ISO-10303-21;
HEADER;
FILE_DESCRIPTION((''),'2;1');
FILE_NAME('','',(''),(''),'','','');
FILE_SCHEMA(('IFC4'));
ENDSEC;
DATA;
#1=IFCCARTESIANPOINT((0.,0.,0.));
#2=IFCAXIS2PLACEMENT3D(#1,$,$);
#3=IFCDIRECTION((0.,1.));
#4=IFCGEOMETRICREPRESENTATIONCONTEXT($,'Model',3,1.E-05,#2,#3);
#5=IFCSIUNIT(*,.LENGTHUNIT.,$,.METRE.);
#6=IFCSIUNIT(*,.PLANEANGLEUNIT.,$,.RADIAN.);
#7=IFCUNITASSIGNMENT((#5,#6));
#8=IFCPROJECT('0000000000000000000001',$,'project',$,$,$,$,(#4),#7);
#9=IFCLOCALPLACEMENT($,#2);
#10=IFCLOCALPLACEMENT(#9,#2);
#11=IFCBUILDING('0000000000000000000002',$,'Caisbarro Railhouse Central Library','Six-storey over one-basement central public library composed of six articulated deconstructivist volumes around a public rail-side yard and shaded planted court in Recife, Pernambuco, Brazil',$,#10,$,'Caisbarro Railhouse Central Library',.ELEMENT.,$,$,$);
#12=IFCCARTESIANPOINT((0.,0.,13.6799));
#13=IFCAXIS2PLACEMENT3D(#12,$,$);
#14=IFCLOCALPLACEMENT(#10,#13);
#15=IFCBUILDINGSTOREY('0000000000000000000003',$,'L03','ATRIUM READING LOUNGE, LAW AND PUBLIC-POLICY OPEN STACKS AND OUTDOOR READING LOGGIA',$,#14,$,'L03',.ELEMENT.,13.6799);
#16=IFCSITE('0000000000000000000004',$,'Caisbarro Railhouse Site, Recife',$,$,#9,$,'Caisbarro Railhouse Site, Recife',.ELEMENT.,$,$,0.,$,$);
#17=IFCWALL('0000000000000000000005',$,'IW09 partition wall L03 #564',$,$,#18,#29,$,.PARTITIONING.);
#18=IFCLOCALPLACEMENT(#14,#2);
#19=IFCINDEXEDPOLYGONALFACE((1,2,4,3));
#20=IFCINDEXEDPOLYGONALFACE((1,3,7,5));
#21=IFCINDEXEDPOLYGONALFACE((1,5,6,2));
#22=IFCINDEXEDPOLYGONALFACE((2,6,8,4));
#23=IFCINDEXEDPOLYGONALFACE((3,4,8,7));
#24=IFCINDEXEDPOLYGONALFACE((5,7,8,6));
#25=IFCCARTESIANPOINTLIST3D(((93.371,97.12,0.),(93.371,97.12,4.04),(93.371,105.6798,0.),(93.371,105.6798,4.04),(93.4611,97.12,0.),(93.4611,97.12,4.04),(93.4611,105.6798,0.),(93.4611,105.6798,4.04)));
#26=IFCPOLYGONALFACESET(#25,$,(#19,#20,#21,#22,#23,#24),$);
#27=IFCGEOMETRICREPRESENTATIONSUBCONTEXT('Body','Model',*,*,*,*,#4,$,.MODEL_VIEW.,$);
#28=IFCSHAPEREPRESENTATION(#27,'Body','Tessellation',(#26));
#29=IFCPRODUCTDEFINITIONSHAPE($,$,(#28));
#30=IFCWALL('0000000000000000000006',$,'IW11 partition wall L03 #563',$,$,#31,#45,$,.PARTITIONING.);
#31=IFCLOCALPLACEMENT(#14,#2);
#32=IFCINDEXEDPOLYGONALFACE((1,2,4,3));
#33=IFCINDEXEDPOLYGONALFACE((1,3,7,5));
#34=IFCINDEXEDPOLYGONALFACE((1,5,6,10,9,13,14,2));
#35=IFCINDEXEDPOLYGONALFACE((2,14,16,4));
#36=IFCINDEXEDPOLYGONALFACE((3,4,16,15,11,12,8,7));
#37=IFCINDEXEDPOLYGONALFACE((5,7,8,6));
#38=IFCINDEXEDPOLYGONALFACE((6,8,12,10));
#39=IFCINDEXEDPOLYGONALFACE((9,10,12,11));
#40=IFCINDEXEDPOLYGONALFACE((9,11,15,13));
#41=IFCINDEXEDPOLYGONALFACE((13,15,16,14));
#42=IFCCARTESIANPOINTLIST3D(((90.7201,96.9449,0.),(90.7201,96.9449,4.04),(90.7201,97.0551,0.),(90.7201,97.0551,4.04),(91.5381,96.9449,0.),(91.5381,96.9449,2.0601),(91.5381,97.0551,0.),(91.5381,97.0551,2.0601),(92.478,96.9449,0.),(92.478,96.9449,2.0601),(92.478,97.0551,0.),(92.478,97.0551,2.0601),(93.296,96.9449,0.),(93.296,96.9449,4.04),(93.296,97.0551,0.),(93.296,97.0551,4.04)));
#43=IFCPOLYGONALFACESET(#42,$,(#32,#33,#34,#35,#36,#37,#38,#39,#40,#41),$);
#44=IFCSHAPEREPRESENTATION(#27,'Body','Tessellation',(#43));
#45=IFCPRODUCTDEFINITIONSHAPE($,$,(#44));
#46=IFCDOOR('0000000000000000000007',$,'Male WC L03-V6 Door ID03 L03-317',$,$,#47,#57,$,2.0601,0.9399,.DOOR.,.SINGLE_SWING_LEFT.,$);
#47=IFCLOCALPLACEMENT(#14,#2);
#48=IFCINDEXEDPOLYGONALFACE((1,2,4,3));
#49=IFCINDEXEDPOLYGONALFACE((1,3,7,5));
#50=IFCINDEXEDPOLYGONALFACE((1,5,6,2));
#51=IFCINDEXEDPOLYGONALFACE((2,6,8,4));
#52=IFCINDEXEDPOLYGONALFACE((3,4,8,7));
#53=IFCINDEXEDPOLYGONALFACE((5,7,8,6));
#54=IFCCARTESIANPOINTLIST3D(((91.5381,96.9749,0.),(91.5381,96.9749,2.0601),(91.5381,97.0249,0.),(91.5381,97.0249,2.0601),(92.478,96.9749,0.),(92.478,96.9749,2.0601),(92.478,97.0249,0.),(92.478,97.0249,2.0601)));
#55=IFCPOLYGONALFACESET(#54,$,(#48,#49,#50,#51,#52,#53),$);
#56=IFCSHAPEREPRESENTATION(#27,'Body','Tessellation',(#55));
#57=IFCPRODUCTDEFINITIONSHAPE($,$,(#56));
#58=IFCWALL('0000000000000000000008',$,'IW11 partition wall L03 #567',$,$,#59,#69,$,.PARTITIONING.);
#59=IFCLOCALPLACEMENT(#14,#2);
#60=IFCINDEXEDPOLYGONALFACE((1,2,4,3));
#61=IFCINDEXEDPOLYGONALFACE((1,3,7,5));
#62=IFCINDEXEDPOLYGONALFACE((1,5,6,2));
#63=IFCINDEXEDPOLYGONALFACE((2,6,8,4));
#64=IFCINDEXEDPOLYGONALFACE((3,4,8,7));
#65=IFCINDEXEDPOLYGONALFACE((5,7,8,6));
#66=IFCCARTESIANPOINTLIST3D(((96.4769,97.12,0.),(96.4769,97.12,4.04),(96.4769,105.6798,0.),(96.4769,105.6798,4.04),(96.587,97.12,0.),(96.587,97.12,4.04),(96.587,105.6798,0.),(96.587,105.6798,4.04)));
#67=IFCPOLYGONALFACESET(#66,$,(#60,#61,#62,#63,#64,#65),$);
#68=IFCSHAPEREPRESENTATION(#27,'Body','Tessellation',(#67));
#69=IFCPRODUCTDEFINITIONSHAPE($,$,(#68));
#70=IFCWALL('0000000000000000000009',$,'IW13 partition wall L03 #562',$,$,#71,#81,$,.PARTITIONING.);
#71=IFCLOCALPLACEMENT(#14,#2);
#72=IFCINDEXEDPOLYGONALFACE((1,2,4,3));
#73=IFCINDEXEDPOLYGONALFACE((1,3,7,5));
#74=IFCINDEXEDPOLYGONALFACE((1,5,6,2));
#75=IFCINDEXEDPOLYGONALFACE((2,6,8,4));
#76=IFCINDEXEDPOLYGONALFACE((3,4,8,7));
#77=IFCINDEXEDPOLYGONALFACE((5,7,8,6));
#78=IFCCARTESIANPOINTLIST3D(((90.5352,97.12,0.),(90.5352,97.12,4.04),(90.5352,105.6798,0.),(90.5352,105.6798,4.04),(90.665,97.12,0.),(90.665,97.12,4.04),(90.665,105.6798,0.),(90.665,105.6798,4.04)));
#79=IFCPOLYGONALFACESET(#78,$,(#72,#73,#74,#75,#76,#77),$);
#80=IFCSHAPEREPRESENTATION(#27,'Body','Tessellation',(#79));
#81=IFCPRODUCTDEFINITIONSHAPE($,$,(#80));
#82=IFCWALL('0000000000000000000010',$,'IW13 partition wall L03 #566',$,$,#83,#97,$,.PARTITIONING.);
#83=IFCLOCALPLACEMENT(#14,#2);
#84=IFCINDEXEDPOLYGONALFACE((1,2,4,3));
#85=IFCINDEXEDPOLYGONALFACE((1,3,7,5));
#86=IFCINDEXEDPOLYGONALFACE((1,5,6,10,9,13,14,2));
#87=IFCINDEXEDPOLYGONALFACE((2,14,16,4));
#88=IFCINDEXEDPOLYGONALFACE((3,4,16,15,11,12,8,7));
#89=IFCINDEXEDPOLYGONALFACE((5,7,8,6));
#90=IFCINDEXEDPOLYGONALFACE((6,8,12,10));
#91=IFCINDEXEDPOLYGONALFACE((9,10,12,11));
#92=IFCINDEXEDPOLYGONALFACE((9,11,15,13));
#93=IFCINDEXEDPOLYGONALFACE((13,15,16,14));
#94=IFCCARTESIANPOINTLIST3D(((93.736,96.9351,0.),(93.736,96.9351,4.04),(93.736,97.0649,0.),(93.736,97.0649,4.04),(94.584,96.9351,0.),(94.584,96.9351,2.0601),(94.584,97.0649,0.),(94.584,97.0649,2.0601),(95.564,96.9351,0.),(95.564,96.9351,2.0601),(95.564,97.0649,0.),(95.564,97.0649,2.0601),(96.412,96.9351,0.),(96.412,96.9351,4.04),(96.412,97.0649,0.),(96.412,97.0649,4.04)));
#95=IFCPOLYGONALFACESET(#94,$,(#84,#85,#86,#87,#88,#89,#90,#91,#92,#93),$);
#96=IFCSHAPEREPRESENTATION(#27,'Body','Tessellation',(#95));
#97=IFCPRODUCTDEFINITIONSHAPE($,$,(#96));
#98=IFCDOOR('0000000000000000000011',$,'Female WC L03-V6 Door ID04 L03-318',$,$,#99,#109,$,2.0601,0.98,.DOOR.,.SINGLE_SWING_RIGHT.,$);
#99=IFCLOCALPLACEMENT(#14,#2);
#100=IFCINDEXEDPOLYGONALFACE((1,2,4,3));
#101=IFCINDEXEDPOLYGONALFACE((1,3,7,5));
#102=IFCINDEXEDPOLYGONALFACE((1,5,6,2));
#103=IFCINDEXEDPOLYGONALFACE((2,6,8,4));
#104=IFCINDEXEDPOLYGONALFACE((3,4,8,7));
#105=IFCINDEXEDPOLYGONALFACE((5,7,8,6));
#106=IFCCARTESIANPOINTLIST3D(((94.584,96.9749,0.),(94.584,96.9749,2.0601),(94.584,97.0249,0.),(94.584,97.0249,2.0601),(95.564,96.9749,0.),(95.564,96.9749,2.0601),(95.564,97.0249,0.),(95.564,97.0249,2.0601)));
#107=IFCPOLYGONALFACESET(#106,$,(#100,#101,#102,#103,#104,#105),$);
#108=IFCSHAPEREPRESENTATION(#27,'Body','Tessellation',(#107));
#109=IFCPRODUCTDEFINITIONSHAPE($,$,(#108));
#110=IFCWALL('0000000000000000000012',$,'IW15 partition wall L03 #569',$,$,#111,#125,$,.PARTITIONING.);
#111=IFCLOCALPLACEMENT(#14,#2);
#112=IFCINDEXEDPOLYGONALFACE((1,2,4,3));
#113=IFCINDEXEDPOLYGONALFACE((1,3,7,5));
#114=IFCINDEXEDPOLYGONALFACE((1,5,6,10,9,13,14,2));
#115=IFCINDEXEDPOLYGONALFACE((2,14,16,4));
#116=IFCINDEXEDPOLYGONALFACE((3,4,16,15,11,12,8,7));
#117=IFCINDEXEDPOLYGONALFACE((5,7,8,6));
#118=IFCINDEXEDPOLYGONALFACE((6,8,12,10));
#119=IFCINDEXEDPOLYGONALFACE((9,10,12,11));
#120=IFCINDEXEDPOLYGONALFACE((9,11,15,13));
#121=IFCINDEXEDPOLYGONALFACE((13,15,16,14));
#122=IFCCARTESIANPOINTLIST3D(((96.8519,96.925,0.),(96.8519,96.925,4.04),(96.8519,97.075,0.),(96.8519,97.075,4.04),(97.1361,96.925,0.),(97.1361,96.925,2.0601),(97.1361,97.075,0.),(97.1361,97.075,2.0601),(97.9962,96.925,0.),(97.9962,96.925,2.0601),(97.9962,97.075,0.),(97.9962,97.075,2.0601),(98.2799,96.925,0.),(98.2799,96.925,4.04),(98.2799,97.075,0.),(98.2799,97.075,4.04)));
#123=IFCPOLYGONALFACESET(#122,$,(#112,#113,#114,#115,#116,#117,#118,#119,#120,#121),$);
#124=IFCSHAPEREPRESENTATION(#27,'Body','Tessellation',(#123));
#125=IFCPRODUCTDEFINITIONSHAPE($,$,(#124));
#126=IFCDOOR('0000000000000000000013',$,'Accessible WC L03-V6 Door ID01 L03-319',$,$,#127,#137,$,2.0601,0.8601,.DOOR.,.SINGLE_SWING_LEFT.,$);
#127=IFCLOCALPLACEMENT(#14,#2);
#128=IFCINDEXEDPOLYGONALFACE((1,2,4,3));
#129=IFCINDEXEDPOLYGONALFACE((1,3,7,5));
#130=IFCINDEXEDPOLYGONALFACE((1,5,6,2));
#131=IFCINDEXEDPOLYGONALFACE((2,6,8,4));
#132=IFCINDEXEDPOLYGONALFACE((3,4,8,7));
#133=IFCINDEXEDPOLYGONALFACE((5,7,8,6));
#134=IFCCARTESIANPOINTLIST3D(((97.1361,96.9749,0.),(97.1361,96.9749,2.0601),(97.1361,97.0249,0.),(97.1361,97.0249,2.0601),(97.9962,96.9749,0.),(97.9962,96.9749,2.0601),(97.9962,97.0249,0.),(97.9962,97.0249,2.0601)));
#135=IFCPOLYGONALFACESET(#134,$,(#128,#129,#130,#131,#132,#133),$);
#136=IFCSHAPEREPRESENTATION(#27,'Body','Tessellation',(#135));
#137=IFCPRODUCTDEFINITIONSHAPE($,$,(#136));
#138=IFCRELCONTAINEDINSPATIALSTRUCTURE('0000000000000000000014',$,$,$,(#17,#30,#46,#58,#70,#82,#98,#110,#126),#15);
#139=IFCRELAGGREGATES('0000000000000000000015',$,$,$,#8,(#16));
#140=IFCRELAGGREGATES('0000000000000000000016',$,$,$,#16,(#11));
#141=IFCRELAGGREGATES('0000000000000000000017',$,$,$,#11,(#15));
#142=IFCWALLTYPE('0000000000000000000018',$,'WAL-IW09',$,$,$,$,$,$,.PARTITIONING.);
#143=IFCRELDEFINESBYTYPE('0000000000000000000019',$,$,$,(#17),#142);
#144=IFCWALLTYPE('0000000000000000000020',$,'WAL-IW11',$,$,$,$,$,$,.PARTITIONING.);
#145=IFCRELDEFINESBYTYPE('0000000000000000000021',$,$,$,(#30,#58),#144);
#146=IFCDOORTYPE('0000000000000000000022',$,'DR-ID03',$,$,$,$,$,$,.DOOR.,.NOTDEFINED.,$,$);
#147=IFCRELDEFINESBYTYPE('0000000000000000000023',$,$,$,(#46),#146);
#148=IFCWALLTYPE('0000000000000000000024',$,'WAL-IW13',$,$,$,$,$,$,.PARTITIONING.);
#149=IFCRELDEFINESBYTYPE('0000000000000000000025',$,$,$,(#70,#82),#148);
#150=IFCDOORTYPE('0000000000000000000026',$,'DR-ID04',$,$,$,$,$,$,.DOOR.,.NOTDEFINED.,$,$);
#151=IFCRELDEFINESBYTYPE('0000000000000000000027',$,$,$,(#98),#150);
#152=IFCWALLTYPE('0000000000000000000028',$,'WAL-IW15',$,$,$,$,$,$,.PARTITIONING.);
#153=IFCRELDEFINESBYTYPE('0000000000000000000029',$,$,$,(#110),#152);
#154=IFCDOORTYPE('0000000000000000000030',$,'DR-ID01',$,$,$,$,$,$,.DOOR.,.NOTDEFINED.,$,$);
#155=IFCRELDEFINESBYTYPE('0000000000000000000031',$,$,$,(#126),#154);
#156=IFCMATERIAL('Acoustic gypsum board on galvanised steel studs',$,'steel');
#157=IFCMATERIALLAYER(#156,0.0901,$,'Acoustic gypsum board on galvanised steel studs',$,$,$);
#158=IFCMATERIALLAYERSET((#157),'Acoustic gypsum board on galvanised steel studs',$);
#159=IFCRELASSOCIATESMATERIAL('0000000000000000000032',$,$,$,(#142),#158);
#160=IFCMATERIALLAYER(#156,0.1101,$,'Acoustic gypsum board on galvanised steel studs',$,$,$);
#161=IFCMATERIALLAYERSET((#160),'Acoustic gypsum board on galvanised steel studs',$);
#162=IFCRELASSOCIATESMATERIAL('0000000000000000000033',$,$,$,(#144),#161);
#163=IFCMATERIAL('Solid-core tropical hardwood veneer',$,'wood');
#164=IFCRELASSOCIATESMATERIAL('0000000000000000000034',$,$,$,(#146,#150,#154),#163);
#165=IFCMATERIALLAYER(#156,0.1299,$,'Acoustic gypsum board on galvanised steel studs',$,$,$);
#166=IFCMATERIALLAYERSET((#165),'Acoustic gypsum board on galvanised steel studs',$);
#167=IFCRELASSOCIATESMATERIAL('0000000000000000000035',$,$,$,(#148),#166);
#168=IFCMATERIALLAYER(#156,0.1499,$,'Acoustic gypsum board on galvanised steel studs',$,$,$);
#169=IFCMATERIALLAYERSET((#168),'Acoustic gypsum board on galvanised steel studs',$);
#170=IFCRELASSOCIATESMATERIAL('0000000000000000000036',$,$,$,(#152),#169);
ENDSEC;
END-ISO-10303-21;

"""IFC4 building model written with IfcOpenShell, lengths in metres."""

from ifc_helpers import new_model, si_unit, direction, frame, frame_2d, origin, place, context, subcontext, project, spatial, rectangle, extrude, material, layer, layer_set, type_object, element, fill, save


model = new_model("IFC4")

# Units and contexts
model_context = context("Model", 3, precision=1e-05, world=origin(), true_north=direction((0.0, 1.0)))
body_context = subcontext(model_context, "Body", "Model", "MODEL_VIEW")
ifc_project = project(units=[si_unit("LENGTHUNIT", "METRE"), si_unit("PLANEANGLEUNIT", "RADIAN")], contexts=[model_context])

# Site, building, storey
site_placement = place(None, origin())
site = spatial("IfcSite", under=ifc_project, at=site_placement, Name="Caisbarro Railhouse Site, Recife", LongName="Caisbarro Railhouse Site, Recife", CompositionType="ELEMENT", RefElevation=0.0)
building_placement = place(site_placement, origin())
building = spatial("IfcBuilding", under=site, at=building_placement, Name="Caisbarro Railhouse Central Library", Description="Six-storey over one-basement central public library composed of six articulated deconstructivist volumes around a public rail-side yard and shaded planted court in Recife, Pernambuco, Brazil", LongName="Caisbarro Railhouse Central Library", CompositionType="ELEMENT")
storey_placement = place(building_placement, frame((0.0, 0.0, 13.6799)))
storey = spatial("IfcBuildingStorey", under=building, at=storey_placement, Name="L03", Description="ATRIUM READING LOUNGE, LAW AND PUBLIC-POLICY OPEN STACKS AND OUTDOOR READING LOGGIA", LongName="L03", CompositionType="ELEMENT", Elevation=13.6799)

# Wall
ifc_material_1 = material(Name="Acoustic gypsum board on galvanised steel studs", Category="steel")
ifc_layer_1 = layer(ifc_material_1, 0.0901, Name="Acoustic gypsum board on galvanised steel studs")
ifc_layer_set_1 = layer_set([ifc_layer_1], Name="Acoustic gypsum board on galvanised steel studs")
wall_type_1 = type_object("IfcWallType", Name="WAL-IW09", PredefinedType="PARTITIONING", material=ifc_layer_set_1)
wall_1_placement = place(storey_placement, frame((93.416, 97.1201, 0.0), z_axis=(0.0, 0.0, 1.0), x_axis=(0.0, 1.0, 0.0)))
element("IfcWall", 1, at=wall_1_placement, inside=storey, type_object=wall_type_1, Name="IW09 partition wall L03 #564", PredefinedType="PARTITIONING", context=body_context, shape_type="SweptSolid", body=[
    extrude(rectangle(XDim=8.5598, YDim=0.0901, at=frame_2d((4.2798, 0.0))), origin(), (0.0, 0.0, 1.0), 4.04),
])

# Wall, opening, door
ifc_layer_2 = layer(ifc_material_1, 0.1101, Name="Acoustic gypsum board on galvanised steel studs")
ifc_layer_set_2 = layer_set([ifc_layer_2], Name="Acoustic gypsum board on galvanised steel studs")
wall_type_2 = type_object("IfcWallType", Name="WAL-IW11", PredefinedType="PARTITIONING", material=ifc_layer_set_2)
wall_2_placement = place(storey_placement, frame((90.72, 97.0, 0.0), z_axis=(0.0, 0.0, 1.0), x_axis=(1.0, 0.0, 0.0)))
wall_2 = element("IfcWall", 2, at=wall_2_placement, inside=storey, type_object=wall_type_2, Name="IW11 partition wall L03 #563", PredefinedType="PARTITIONING", context=body_context, shape_type="SweptSolid", body=[
    extrude(rectangle(XDim=2.5759, YDim=0.1101, at=frame_2d((1.2881, 0.0))), origin(), (0.0, 0.0, 1.0), 4.04),
])
opening_1_placement = place(wall_2_placement, frame((0.8181, 0.0, 0.0)))
opening_1 = element("IfcOpeningElement", 3, at=opening_1_placement, cuts=wall_2, PredefinedType="OPENING", context=body_context, shape_type="SweptSolid", body=[
    extrude(rectangle(XDim=0.9399, YDim=2.0601, at=frame_2d((0.47, 1.03))), frame((0.0, 0.0649, 0.0), z_axis=(0.0, -1.0, 0.0), x_axis=(1.0, 0.0, 0.0)), (0.0, 0.0, 1.0), 0.1301),
])
ifc_material_2 = material(Name="Solid-core tropical hardwood veneer", Category="wood")
door_type_1 = type_object("IfcDoorType", Name="DR-ID03", OperationType="NOTDEFINED", PredefinedType="DOOR", material=ifc_material_2)
door_1_placement = place(opening_1_placement, origin())
door_1 = element("IfcDoor", 4, at=door_1_placement, inside=storey, type_object=door_type_1, Name="Male WC L03-V6 Door ID03 L03-317", OperationType="SINGLE_SWING_LEFT", OverallHeight=2.0601, OverallWidth=0.9399, PredefinedType="DOOR", context=body_context, shape_type="SweptSolid", body=[
    extrude(rectangle(XDim=0.9399, YDim=2.0601, at=frame_2d((0.47, 1.03))), frame((0.0, 0.0249, 0.0), z_axis=(0.0, -1.0, 0.0), x_axis=(1.0, 0.0, 0.0)), (0.0, 0.0, 1.0), 0.05),
])
fill(opening_1, door_1)

# Walls
wall_3_placement = place(storey_placement, frame((96.532, 97.1201, 0.0), z_axis=(0.0, 0.0, 1.0), x_axis=(0.0, 1.0, 0.0)))
element("IfcWall", 5, at=wall_3_placement, inside=storey, type_object=wall_type_2, Name="IW11 partition wall L03 #567", PredefinedType="PARTITIONING", context=body_context, shape_type="SweptSolid", body=[
    extrude(rectangle(XDim=8.5598, YDim=0.1101, at=frame_2d((4.2798, 0.0))), origin(), (0.0, 0.0, 1.0), 4.04),
])
ifc_layer_3 = layer(ifc_material_1, 0.1299, Name="Acoustic gypsum board on galvanised steel studs")
ifc_layer_set_3 = layer_set([ifc_layer_3], Name="Acoustic gypsum board on galvanised steel studs")
wall_type_3 = type_object("IfcWallType", Name="WAL-IW13", PredefinedType="PARTITIONING", material=ifc_layer_set_3)
wall_4_placement = place(storey_placement, frame((90.6001, 97.1201, 0.0), z_axis=(0.0, 0.0, 1.0), x_axis=(0.0, 1.0, 0.0)))
element("IfcWall", 6, at=wall_4_placement, inside=storey, type_object=wall_type_3, Name="IW13 partition wall L03 #562", PredefinedType="PARTITIONING", context=body_context, shape_type="SweptSolid", body=[
    extrude(rectangle(XDim=8.5598, YDim=0.1299, at=frame_2d((4.2798, 0.0))), origin(), (0.0, 0.0, 1.0), 4.04),
])

# Walls, openings, doors
wall_5_placement = place(storey_placement, frame((93.7361, 97.0, 0.0), z_axis=(0.0, 0.0, 1.0), x_axis=(1.0, 0.0, 0.0)))
wall_5 = element("IfcWall", 7, at=wall_5_placement, inside=storey, type_object=wall_type_3, Name="IW13 partition wall L03 #566", PredefinedType="PARTITIONING", context=body_context, shape_type="SweptSolid", body=[
    extrude(rectangle(XDim=2.676, YDim=0.1299, at=frame_2d((1.3379, 0.0))), origin(), (0.0, 0.0, 1.0), 4.04),
])
opening_2_placement = place(wall_5_placement, frame((0.8479, 0.0, 0.0)))
opening_2 = element("IfcOpeningElement", 8, at=opening_2_placement, cuts=wall_5, PredefinedType="OPENING", context=body_context, shape_type="SweptSolid", body=[
    extrude(rectangle(XDim=0.98, YDim=2.0601, at=frame_2d((0.49, 1.03))), frame((0.0, 0.075, 0.0), z_axis=(0.0, -1.0, 0.0), x_axis=(1.0, 0.0, 0.0)), (0.0, 0.0, 1.0), 0.1499),
])
door_type_2 = type_object("IfcDoorType", Name="DR-ID04", OperationType="NOTDEFINED", PredefinedType="DOOR", material=ifc_material_2)
door_2_placement = place(opening_2_placement, origin())
door_2 = element("IfcDoor", 9, at=door_2_placement, inside=storey, type_object=door_type_2, Name="Female WC L03-V6 Door ID04 L03-318", OperationType="SINGLE_SWING_RIGHT", OverallHeight=2.0601, OverallWidth=0.98, PredefinedType="DOOR", context=body_context, shape_type="SweptSolid", body=[
    extrude(rectangle(XDim=0.98, YDim=2.0601, at=frame_2d((0.49, 1.03))), frame((0.0, 0.0249, 0.0), z_axis=(0.0, -1.0, 0.0), x_axis=(1.0, 0.0, 0.0)), (0.0, 0.0, 1.0), 0.05),
])
fill(opening_2, door_2)
ifc_layer_4 = layer(ifc_material_1, 0.1499, Name="Acoustic gypsum board on galvanised steel studs")
ifc_layer_set_4 = layer_set([ifc_layer_4], Name="Acoustic gypsum board on galvanised steel studs")
wall_type_4 = type_object("IfcWallType", Name="WAL-IW15", PredefinedType="PARTITIONING", material=ifc_layer_set_4)
wall_6_placement = place(storey_placement, frame((96.8521, 97.0, 0.0), z_axis=(0.0, 0.0, 1.0), x_axis=(1.0, 0.0, 0.0)))
wall_6 = element("IfcWall", 10, at=wall_6_placement, inside=storey, type_object=wall_type_4, Name="IW15 partition wall L03 #569", PredefinedType="PARTITIONING", context=body_context, shape_type="SweptSolid", body=[
    extrude(rectangle(XDim=1.428, YDim=0.1499, at=frame_2d((0.7139, 0.0))), origin(), (0.0, 0.0, 1.0), 4.04),
])
opening_3_placement = place(wall_6_placement, frame((0.2839, 0.0, 0.0)))
opening_3 = element("IfcOpeningElement", 11, at=opening_3_placement, cuts=wall_6, PredefinedType="OPENING", context=body_context, shape_type="SweptSolid", body=[
    extrude(rectangle(XDim=0.8601, YDim=2.0601, at=frame_2d((0.4302, 1.03))), frame((0.0, 0.085, 0.0), z_axis=(0.0, -1.0, 0.0), x_axis=(1.0, 0.0, 0.0)), (0.0, 0.0, 1.0), 0.1699),
])
door_type_3 = type_object("IfcDoorType", Name="DR-ID01", OperationType="NOTDEFINED", PredefinedType="DOOR", material=ifc_material_2)
door_3_placement = place(opening_3_placement, origin())
door_3 = element("IfcDoor", 12, at=door_3_placement, inside=storey, type_object=door_type_3, Name="Accessible WC L03-V6 Door ID01 L03-319", OperationType="SINGLE_SWING_LEFT", OverallHeight=2.0601, OverallWidth=0.8601, PredefinedType="DOOR", context=body_context, shape_type="SweptSolid", body=[
    extrude(rectangle(XDim=0.8601, YDim=2.0601, at=frame_2d((0.4302, 1.03))), frame((0.0, 0.0249, 0.0), z_axis=(0.0, -1.0, 0.0), x_axis=(1.0, 0.0, 0.0)), (0.0, 0.0, 1.0), 0.05),
])
fill(opening_3, door_3)

save(model, "model.ifc")
